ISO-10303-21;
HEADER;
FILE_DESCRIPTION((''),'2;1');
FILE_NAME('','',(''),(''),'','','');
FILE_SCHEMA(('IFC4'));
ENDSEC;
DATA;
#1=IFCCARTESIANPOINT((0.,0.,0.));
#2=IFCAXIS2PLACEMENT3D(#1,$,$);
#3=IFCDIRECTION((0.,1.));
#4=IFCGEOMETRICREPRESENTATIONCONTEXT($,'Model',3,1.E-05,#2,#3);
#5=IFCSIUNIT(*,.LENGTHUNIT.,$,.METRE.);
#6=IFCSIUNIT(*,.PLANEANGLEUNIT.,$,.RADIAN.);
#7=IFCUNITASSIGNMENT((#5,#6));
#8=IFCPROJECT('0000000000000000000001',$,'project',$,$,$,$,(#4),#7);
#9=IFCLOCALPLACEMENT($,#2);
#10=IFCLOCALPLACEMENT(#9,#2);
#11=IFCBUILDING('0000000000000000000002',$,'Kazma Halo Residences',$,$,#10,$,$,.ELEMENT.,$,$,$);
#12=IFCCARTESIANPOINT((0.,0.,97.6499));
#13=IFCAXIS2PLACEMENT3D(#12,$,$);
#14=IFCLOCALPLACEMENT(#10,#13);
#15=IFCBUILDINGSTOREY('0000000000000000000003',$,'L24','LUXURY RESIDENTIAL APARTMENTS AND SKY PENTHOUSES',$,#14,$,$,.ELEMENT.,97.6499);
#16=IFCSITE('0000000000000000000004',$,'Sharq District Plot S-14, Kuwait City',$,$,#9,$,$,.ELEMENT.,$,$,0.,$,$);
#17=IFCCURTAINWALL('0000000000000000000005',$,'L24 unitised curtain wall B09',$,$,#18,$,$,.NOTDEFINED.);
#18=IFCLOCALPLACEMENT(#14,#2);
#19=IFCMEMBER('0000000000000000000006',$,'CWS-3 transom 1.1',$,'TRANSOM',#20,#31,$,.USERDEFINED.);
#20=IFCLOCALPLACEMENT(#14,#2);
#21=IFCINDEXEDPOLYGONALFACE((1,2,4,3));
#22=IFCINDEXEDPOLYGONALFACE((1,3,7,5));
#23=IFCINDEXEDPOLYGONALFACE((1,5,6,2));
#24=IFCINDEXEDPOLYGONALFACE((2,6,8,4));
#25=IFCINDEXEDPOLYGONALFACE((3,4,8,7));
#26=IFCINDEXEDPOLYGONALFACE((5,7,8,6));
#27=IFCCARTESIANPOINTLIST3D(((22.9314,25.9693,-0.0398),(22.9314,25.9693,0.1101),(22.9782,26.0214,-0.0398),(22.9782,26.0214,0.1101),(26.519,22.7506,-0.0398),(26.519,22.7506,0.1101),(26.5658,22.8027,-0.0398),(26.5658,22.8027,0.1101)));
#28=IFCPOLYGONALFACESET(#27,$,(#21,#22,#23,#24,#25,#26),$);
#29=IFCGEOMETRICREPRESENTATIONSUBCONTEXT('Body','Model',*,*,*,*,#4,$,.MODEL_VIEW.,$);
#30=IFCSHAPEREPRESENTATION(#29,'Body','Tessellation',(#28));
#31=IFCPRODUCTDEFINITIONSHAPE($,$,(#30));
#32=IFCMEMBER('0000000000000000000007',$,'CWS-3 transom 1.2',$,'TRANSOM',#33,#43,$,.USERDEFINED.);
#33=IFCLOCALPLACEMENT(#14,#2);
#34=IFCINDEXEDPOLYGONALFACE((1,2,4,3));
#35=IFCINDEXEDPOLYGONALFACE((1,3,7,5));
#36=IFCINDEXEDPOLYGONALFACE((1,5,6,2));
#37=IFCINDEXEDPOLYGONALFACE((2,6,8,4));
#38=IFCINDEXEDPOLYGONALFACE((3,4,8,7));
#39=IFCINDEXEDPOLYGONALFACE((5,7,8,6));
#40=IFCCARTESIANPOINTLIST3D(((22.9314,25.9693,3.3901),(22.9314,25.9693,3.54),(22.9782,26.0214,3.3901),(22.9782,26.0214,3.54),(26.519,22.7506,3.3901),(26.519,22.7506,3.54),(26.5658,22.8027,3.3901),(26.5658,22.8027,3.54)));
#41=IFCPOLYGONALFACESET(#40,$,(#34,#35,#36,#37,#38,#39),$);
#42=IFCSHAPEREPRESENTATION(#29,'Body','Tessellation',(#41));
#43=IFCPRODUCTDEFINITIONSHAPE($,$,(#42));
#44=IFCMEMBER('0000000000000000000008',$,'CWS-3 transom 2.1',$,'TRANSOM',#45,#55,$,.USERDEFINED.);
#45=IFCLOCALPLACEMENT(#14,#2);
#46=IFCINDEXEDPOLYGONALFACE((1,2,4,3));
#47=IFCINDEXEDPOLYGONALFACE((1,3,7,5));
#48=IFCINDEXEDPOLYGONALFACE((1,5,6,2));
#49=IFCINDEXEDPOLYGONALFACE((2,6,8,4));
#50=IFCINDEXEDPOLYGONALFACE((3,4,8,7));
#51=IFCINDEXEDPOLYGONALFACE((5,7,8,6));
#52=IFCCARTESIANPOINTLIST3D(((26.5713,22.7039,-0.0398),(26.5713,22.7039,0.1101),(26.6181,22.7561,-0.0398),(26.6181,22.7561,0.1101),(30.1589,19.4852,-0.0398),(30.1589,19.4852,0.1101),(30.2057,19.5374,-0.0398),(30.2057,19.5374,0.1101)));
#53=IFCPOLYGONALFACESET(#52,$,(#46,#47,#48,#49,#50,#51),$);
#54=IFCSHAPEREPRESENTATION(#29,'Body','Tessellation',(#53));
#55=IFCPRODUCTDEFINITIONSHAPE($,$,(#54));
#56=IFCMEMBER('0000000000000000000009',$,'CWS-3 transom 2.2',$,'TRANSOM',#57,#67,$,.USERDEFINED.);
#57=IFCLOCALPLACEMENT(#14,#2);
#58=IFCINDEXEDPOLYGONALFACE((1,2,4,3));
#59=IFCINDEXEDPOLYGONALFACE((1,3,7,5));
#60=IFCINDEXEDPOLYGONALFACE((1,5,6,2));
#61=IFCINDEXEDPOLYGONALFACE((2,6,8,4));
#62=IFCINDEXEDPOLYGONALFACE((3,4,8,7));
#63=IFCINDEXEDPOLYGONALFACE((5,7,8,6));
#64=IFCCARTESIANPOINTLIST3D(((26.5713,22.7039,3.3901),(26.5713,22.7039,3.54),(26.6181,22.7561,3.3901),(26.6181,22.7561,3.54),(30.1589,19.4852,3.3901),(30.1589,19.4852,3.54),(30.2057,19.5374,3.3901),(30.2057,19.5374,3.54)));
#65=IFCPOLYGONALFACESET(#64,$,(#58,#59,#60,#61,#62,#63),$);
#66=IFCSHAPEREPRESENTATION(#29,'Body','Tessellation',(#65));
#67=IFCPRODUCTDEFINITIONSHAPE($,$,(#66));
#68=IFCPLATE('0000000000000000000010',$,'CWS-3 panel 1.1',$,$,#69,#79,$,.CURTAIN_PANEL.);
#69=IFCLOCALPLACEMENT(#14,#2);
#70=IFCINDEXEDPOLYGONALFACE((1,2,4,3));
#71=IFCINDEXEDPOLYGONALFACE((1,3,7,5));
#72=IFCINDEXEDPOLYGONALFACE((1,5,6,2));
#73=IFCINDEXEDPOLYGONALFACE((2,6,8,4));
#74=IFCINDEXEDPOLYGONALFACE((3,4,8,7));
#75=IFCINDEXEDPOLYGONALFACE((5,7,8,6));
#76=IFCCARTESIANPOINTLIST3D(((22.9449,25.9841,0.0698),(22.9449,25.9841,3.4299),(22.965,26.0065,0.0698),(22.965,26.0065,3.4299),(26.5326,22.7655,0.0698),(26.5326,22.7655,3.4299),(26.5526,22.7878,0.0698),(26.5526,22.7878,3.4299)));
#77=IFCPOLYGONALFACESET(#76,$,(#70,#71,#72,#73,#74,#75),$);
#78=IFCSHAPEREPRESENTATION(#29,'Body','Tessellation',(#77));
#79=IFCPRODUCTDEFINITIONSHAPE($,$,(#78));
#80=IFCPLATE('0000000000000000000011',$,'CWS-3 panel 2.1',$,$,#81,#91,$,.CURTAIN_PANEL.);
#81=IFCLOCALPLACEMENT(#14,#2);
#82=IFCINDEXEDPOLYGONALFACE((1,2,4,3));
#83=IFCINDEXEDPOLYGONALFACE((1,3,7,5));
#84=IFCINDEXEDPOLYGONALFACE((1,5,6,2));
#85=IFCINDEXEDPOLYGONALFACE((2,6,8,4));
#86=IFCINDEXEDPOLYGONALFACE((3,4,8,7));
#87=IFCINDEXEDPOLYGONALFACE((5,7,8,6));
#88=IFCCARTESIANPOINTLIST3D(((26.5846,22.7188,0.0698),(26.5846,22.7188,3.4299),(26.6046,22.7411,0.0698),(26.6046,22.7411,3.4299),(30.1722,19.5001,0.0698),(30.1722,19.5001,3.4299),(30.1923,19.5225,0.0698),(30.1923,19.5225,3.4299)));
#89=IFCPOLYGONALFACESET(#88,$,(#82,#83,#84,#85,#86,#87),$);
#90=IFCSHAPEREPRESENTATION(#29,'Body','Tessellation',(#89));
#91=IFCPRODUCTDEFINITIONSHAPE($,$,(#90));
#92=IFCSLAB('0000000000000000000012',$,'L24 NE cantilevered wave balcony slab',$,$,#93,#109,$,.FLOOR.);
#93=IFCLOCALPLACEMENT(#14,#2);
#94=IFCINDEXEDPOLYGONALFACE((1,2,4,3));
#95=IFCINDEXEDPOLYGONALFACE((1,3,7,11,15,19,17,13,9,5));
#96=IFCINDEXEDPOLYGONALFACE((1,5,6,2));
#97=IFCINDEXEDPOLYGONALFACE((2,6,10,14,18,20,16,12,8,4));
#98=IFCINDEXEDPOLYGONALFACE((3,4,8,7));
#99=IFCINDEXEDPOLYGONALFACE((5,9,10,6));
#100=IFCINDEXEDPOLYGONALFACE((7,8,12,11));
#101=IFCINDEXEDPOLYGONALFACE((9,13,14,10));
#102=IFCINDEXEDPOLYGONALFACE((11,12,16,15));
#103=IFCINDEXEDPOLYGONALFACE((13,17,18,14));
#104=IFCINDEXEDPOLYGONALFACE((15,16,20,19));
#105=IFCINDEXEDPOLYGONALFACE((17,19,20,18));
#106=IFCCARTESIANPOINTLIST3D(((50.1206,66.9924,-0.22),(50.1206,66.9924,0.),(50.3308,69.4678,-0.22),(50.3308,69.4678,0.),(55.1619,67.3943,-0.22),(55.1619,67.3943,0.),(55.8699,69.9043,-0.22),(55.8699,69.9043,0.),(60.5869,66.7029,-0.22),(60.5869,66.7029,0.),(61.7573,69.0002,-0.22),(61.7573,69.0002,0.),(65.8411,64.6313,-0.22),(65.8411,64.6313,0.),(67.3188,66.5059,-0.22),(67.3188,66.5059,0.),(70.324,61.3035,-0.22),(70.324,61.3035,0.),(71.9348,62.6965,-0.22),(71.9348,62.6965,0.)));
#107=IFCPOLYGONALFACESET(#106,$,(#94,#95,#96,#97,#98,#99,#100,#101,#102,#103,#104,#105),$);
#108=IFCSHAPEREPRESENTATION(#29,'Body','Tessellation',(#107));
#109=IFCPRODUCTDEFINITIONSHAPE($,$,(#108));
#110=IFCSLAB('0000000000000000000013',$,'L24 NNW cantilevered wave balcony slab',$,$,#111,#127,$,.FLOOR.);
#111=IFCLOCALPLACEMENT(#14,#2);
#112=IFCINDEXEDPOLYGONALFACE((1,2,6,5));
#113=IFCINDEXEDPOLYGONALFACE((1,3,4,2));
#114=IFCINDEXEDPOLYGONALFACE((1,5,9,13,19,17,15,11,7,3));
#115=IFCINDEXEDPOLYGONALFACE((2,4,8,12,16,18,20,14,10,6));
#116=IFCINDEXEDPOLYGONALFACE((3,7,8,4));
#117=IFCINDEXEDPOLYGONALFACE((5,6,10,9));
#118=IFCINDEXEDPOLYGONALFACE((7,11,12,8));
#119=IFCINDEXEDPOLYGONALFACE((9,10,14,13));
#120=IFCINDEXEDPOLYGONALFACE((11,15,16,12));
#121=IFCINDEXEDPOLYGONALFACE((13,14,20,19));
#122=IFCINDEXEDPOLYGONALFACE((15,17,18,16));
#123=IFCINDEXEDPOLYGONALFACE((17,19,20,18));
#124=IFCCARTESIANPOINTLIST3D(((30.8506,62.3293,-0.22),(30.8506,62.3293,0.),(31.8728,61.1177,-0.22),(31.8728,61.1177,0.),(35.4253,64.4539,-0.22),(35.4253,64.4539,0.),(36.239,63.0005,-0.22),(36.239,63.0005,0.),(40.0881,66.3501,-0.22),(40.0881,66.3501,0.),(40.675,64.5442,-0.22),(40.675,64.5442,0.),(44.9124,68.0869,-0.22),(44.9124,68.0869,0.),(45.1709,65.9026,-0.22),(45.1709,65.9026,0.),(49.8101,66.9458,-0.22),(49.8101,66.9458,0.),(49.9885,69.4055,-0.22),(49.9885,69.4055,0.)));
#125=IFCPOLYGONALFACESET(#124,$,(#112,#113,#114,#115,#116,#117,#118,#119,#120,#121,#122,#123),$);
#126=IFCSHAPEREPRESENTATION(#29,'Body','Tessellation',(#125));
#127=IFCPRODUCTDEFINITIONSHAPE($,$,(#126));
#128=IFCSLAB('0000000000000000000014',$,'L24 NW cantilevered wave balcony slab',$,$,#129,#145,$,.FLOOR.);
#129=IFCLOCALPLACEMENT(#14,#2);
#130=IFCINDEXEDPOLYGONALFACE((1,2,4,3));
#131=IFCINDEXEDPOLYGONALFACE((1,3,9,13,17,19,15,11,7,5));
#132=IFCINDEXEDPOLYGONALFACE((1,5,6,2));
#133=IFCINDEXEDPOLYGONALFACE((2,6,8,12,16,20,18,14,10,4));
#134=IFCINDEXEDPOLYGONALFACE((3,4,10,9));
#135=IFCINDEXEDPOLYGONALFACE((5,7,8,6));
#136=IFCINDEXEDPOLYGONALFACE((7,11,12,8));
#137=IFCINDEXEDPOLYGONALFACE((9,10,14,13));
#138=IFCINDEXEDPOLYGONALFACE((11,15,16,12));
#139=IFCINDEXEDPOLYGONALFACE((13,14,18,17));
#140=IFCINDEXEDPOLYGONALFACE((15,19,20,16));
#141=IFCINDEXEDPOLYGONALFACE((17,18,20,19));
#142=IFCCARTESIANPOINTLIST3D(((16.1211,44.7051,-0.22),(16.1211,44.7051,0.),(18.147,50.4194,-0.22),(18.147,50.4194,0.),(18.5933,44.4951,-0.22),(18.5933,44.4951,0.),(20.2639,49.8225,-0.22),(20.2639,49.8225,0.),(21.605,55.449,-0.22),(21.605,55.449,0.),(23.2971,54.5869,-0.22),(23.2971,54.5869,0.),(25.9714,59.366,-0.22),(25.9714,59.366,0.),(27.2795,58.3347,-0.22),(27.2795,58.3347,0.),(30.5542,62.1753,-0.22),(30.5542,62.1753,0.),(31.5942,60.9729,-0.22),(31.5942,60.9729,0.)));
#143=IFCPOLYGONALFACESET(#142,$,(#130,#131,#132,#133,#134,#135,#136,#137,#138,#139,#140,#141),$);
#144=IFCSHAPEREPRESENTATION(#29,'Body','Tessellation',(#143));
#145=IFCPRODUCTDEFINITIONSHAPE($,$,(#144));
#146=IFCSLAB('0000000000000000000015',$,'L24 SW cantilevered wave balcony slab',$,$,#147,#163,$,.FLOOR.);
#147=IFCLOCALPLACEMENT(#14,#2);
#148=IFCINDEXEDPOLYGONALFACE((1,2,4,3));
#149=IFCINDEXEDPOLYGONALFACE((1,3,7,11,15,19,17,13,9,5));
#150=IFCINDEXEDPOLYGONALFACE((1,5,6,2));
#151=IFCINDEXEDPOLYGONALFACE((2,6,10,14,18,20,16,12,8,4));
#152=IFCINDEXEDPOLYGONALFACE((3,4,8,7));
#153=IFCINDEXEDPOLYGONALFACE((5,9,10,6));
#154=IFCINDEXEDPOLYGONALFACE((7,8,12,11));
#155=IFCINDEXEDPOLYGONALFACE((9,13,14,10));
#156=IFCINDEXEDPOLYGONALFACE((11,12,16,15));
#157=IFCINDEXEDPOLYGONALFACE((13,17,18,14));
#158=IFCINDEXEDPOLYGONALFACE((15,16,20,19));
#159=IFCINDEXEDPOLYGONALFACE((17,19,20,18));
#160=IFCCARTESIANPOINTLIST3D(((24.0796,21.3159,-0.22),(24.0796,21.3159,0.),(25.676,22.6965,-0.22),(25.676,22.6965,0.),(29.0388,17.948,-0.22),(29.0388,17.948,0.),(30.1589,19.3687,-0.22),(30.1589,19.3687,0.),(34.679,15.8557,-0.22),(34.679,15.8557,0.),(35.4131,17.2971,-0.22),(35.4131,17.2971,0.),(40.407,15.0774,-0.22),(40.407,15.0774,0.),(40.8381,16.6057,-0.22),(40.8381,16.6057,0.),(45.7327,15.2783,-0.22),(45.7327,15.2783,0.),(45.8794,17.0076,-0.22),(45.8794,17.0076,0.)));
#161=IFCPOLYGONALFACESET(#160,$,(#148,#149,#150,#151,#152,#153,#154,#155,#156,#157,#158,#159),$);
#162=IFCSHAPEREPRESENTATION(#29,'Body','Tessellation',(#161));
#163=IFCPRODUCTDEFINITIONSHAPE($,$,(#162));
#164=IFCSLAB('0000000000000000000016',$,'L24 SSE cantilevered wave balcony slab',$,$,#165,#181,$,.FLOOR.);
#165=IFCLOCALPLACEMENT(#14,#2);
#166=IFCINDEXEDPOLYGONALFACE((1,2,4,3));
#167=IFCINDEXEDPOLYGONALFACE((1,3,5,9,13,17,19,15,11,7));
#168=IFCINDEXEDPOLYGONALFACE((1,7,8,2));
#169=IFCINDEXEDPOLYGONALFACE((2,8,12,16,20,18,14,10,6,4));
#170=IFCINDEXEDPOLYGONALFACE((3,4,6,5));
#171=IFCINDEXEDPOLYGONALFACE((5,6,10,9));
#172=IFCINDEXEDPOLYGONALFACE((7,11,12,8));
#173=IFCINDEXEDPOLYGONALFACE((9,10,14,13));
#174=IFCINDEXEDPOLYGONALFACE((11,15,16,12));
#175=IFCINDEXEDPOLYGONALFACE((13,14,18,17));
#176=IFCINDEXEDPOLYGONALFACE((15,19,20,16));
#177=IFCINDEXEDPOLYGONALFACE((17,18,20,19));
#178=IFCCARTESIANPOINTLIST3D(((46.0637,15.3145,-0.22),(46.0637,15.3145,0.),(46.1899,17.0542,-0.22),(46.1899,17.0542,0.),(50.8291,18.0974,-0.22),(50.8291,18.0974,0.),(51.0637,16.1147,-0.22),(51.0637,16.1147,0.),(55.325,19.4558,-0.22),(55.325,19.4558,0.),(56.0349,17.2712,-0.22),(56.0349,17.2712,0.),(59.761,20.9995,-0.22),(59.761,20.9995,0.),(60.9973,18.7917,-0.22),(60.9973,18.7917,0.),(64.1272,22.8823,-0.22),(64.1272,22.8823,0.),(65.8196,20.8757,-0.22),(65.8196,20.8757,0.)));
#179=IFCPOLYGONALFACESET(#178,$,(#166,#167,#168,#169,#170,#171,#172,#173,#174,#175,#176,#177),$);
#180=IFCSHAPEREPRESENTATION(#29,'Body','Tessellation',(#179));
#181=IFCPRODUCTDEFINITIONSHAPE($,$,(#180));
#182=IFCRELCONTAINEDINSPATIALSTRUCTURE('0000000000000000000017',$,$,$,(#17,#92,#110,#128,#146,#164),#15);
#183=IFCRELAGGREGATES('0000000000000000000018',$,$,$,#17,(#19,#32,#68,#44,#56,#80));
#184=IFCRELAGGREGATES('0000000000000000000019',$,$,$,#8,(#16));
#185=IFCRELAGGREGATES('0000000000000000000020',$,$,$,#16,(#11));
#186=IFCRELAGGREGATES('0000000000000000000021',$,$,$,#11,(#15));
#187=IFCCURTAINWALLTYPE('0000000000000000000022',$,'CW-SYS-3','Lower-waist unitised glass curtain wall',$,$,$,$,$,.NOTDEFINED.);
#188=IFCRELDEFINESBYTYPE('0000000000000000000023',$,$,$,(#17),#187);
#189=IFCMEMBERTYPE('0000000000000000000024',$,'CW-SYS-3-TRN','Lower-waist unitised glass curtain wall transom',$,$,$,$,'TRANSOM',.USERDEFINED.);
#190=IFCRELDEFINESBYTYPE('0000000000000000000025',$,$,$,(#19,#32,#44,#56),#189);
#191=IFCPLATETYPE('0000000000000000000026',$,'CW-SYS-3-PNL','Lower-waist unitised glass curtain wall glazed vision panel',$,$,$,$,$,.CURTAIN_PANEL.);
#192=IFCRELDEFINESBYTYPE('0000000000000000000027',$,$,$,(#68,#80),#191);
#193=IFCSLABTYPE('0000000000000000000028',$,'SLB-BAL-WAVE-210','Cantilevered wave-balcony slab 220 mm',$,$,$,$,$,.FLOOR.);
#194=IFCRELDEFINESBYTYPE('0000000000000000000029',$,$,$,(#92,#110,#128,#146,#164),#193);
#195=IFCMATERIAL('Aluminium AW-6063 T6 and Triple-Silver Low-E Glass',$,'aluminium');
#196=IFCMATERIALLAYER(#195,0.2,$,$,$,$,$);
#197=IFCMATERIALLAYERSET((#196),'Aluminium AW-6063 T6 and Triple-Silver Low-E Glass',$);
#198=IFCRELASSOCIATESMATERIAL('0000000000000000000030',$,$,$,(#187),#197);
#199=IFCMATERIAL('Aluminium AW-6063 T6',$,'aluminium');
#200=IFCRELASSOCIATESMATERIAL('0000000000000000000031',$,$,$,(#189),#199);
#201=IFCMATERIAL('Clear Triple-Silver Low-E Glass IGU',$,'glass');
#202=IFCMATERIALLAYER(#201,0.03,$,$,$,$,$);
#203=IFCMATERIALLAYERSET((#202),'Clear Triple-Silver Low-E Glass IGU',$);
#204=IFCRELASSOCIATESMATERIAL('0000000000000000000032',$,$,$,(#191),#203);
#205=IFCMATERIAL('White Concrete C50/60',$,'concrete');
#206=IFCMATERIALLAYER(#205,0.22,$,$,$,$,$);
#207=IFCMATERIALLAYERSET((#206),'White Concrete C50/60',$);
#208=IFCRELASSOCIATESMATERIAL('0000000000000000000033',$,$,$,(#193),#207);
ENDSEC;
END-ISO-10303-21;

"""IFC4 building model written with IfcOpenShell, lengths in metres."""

from ifc_helpers import new_model, si_unit, direction, frame, origin, origin_2d, place, context, subcontext, project, spatial, polyline, rectangle, outline, extrude, material, layer, layer_set, material_profile, profile_set, type_object, element, aggregate, save


model = new_model("IFC4")

# Units and contexts
model_context = context("Model", 3, precision=1e-05, world=origin(), true_north=direction((0.0, 1.0)))
body_context = subcontext(model_context, "Body", "Model", "MODEL_VIEW")
ifc_project = project(units=[si_unit("LENGTHUNIT", "METRE"), si_unit("PLANEANGLEUNIT", "RADIAN")], contexts=[model_context])

# Site, building, storey
site_placement = place(None, origin())
site = spatial("IfcSite", under=ifc_project, at=site_placement, Name="Sharq District Plot S-14, Kuwait City", CompositionType="ELEMENT", RefElevation=0.0)
building_placement = place(site_placement, origin())
building = spatial("IfcBuilding", under=site, at=building_placement, Name="Kazma Halo Residences", CompositionType="ELEMENT")
storey_placement = place(building_placement, frame((0.0, 0.0, 97.6499)))
storey = spatial("IfcBuildingStorey", under=building, at=storey_placement, Name="L24", Description="LUXURY RESIDENTIAL APARTMENTS AND SKY PENTHOUSES", CompositionType="ELEMENT", Elevation=97.6499)

# Curtain wall, members, plates
ifc_material_1 = material(Name="Aluminium AW-6063 T6 and Triple-Silver Low-E Glass", Category="aluminium")
ifc_layer_1 = layer(ifc_material_1, 0.2)
ifc_layer_set_1 = layer_set([ifc_layer_1], Name="Aluminium AW-6063 T6 and Triple-Silver Low-E Glass")
curtain_wall_type = type_object("IfcCurtainWallType", Name="CW-SYS-3", Description="Lower-waist unitised glass curtain wall", PredefinedType="NOTDEFINED", material=ifc_layer_set_1)
curtain_wall_placement = place(storey_placement, origin())
curtain_wall = element("IfcCurtainWall", 1, at=curtain_wall_placement, inside=storey, type_object=curtain_wall_type, Name="L24 unitised curtain wall B09", PredefinedType="NOTDEFINED")
ifc_material_2 = material(Name="Aluminium AW-6063 T6", Category="aluminium")
ifc_material_profile_1 = material_profile(ifc_material_2, rectangle(XDim=0.0701, YDim=0.1499, at=origin_2d()), Name="CWT-70x150")
ifc_profile_set_1 = profile_set([ifc_material_profile_1], Name="Aluminium AW-6063 T6")
member_type_1 = type_object("IfcMemberType", Name="CW-SYS-3-TRN", Description="Lower-waist unitised glass curtain wall transom", ElementType="TRANSOM", PredefinedType="USERDEFINED", material=ifc_profile_set_1)
member_1_placement = place(storey_placement, frame((22.9548, 25.9954, 0.0352), z_axis=(0.744338, -0.667803, 0.0), x_axis=(0.667803, 0.744338, 0.0)))
member_1 = element("IfcMember", 2, at=member_1_placement, type_object=member_type_1, Name="CWS-3 transom 1.1", ObjectType="TRANSOM", PredefinedType="USERDEFINED", context=body_context, shape_type="SweptSolid", body=[
    extrude(rectangle(XDim=0.0701, YDim=0.1499, at=origin_2d()), origin(), (0.0, 0.0, 1.0), 4.8198),
])
member_2_placement = place(storey_placement, frame((22.9548, 25.9954, 3.4651), z_axis=(0.744338, -0.667803, 0.0), x_axis=(0.667803, 0.744338, 0.0)))
member_2 = element("IfcMember", 3, at=member_2_placement, type_object=member_type_1, Name="CWS-3 transom 1.2", ObjectType="TRANSOM", PredefinedType="USERDEFINED", context=body_context, shape_type="SweptSolid", body=[
    extrude(rectangle(XDim=0.0701, YDim=0.1499, at=origin_2d()), origin(), (0.0, 0.0, 1.0), 4.8198),
])
member_3_placement = place(storey_placement, frame((26.5947, 22.73, 0.0352), z_axis=(0.744338, -0.667803, 0.0), x_axis=(0.667803, 0.744338, 0.0)))
member_3 = element("IfcMember", 4, at=member_3_placement, type_object=member_type_1, Name="CWS-3 transom 2.1", ObjectType="TRANSOM", PredefinedType="USERDEFINED", context=body_context, shape_type="SweptSolid", body=[
    extrude(rectangle(XDim=0.0701, YDim=0.1499, at=origin_2d()), origin(), (0.0, 0.0, 1.0), 4.8198),
])
member_4_placement = place(storey_placement, frame((26.5947, 22.73, 3.4651), z_axis=(0.744338, -0.667803, 0.0), x_axis=(0.667803, 0.744338, 0.0)))
member_4 = element("IfcMember", 5, at=member_4_placement, type_object=member_type_1, Name="CWS-3 transom 2.2", ObjectType="TRANSOM", PredefinedType="USERDEFINED", context=body_context, shape_type="SweptSolid", body=[
    extrude(rectangle(XDim=0.0701, YDim=0.1499, at=origin_2d()), origin(), (0.0, 0.0, 1.0), 4.8198),
])
ifc_material_3 = material(Name="Clear Triple-Silver Low-E Glass IGU", Category="glass")
ifc_layer_2 = layer(ifc_material_3, 0.03)
ifc_layer_set_2 = layer_set([ifc_layer_2], Name="Clear Triple-Silver Low-E Glass IGU")
plate_type = type_object("IfcPlateType", Name="CW-SYS-3-PNL", Description="Lower-waist unitised glass curtain wall glazed vision panel", PredefinedType="CURTAIN_PANEL", material=ifc_layer_set_2)
plate_1_placement = place(storey_placement, frame((24.7488, 24.386, 0.0698), z_axis=(0.0, 0.0, 1.0), x_axis=(0.744345, -0.667795, 0.0)))
plate_1 = element("IfcPlate", 6, at=plate_1_placement, type_object=plate_type, Name="CWS-3 panel 1.1", PredefinedType="CURTAIN_PANEL", context=body_context, shape_type="SweptSolid", body=[
    extrude(rectangle(XDim=4.8198, YDim=0.03, at=origin_2d()), origin(), (0.0, 0.0, 1.0), 3.3601),
])
plate_2_placement = place(storey_placement, frame((28.3884, 21.1206, 0.0698), z_axis=(0.0, 0.0, 1.0), x_axis=(0.744345, -0.667795, 0.0)))
plate_2 = element("IfcPlate", 7, at=plate_2_placement, type_object=plate_type, Name="CWS-3 panel 2.1", PredefinedType="CURTAIN_PANEL", context=body_context, shape_type="SweptSolid", body=[
    extrude(rectangle(XDim=4.8198, YDim=0.03, at=origin_2d()), origin(), (0.0, 0.0, 1.0), 3.3601),
])
aggregate(curtain_wall, [member_1, member_2, plate_1, member_3, member_4, plate_2])

# Slabs
ifc_material_4 = material(Name="White Concrete C50/60", Category="concrete")
ifc_layer_3 = layer(ifc_material_4, 0.22)
ifc_layer_set_3 = layer_set([ifc_layer_3], Name="White Concrete C50/60")
slab_type_1 = type_object("IfcSlabType", Name="SLB-BAL-WAVE-210", Description="Cantilevered wave-balcony slab 220 mm", PredefinedType="FLOOR", material=ifc_layer_set_3)
slab_1_placement = place(storey_placement, frame((0.0, 0.0, -0.22)))
element("IfcSlab", 8, at=slab_1_placement, inside=storey, type_object=slab_type_1, Name="L24 NE cantilevered wave balcony slab", PredefinedType="FLOOR", context=body_context, shape_type="SweptSolid", body=[
    extrude(outline(polyline([(70.324, 61.3035), (65.8411, 64.6313), (60.5869, 66.7029), (55.1619, 67.3943), (50.1206, 66.9924), (50.3308, 69.4678), (55.8699, 69.9043), (61.7573, 69.0002), (67.3188, 66.5059), (71.9348, 62.6965), (70.324, 61.3035)])), origin(), (0.0, 0.0, 1.0), 0.22),
])
slab_2_placement = place(storey_placement, frame((0.0, 0.0, -0.22)))
element("IfcSlab", 9, at=slab_2_placement, inside=storey, type_object=slab_type_1, Name="L24 NNW cantilevered wave balcony slab", PredefinedType="FLOOR", context=body_context, shape_type="SweptSolid", body=[
    extrude(outline(polyline([(49.8101, 66.9458), (45.1709, 65.9026), (40.675, 64.5442), (36.239, 63.0005), (31.8728, 61.1177), (30.8506, 62.3293), (35.4253, 64.4539), (40.0881, 66.3501), (44.9124, 68.0869), (49.9885, 69.4055), (49.8101, 66.9458)])), origin(), (0.0, 0.0, 1.0), 0.22),
])
slab_3_placement = place(storey_placement, frame((0.0, 0.0, -0.22)))
element("IfcSlab", 10, at=slab_3_placement, inside=storey, type_object=slab_type_1, Name="L24 NW cantilevered wave balcony slab", PredefinedType="FLOOR", context=body_context, shape_type="SweptSolid", body=[
    extrude(outline(polyline([(31.5942, 60.9729), (27.2795, 58.3347), (23.2971, 54.5869), (20.2639, 49.8225), (18.5933, 44.4951), (16.1211, 44.7051), (18.147, 50.4194), (21.605, 55.449), (25.9714, 59.366), (30.5542, 62.1753), (31.5942, 60.9729)])), origin(), (0.0, 0.0, 1.0), 0.22),
])
slab_4_placement = place(storey_placement, frame((0.0, 0.0, -0.22)))
element("IfcSlab", 11, at=slab_4_placement, inside=storey, type_object=slab_type_1, Name="L24 SW cantilevered wave balcony slab", PredefinedType="FLOOR", context=body_context, shape_type="SweptSolid", body=[
    extrude(outline(polyline([(25.676, 22.6965), (30.1589, 19.3687), (35.4131, 17.2971), (40.8381, 16.6057), (45.8794, 17.0076), (45.7327, 15.2783), (40.407, 15.0774), (34.679, 15.8557), (29.0388, 17.948), (24.0796, 21.3159), (25.676, 22.6965)])), origin(), (0.0, 0.0, 1.0), 0.22),
])
slab_5_placement = place(storey_placement, frame((0.0, 0.0, -0.22)))
element("IfcSlab", 12, at=slab_5_placement, inside=storey, type_object=slab_type_1, Name="L24 SSE cantilevered wave balcony slab", PredefinedType="FLOOR", context=body_context, shape_type="SweptSolid", body=[
    extrude(outline(polyline([(46.1899, 17.0542), (50.8291, 18.0974), (55.325, 19.4558), (59.761, 20.9995), (64.1272, 22.8823), (65.8196, 20.8757), (60.9973, 18.7917), (56.0349, 17.2712), (51.0637, 16.1147), (46.0637, 15.3145), (46.1899, 17.0542)])), origin(), (0.0, 0.0, 1.0), 0.22),
])

save(model, "model.ifc")
